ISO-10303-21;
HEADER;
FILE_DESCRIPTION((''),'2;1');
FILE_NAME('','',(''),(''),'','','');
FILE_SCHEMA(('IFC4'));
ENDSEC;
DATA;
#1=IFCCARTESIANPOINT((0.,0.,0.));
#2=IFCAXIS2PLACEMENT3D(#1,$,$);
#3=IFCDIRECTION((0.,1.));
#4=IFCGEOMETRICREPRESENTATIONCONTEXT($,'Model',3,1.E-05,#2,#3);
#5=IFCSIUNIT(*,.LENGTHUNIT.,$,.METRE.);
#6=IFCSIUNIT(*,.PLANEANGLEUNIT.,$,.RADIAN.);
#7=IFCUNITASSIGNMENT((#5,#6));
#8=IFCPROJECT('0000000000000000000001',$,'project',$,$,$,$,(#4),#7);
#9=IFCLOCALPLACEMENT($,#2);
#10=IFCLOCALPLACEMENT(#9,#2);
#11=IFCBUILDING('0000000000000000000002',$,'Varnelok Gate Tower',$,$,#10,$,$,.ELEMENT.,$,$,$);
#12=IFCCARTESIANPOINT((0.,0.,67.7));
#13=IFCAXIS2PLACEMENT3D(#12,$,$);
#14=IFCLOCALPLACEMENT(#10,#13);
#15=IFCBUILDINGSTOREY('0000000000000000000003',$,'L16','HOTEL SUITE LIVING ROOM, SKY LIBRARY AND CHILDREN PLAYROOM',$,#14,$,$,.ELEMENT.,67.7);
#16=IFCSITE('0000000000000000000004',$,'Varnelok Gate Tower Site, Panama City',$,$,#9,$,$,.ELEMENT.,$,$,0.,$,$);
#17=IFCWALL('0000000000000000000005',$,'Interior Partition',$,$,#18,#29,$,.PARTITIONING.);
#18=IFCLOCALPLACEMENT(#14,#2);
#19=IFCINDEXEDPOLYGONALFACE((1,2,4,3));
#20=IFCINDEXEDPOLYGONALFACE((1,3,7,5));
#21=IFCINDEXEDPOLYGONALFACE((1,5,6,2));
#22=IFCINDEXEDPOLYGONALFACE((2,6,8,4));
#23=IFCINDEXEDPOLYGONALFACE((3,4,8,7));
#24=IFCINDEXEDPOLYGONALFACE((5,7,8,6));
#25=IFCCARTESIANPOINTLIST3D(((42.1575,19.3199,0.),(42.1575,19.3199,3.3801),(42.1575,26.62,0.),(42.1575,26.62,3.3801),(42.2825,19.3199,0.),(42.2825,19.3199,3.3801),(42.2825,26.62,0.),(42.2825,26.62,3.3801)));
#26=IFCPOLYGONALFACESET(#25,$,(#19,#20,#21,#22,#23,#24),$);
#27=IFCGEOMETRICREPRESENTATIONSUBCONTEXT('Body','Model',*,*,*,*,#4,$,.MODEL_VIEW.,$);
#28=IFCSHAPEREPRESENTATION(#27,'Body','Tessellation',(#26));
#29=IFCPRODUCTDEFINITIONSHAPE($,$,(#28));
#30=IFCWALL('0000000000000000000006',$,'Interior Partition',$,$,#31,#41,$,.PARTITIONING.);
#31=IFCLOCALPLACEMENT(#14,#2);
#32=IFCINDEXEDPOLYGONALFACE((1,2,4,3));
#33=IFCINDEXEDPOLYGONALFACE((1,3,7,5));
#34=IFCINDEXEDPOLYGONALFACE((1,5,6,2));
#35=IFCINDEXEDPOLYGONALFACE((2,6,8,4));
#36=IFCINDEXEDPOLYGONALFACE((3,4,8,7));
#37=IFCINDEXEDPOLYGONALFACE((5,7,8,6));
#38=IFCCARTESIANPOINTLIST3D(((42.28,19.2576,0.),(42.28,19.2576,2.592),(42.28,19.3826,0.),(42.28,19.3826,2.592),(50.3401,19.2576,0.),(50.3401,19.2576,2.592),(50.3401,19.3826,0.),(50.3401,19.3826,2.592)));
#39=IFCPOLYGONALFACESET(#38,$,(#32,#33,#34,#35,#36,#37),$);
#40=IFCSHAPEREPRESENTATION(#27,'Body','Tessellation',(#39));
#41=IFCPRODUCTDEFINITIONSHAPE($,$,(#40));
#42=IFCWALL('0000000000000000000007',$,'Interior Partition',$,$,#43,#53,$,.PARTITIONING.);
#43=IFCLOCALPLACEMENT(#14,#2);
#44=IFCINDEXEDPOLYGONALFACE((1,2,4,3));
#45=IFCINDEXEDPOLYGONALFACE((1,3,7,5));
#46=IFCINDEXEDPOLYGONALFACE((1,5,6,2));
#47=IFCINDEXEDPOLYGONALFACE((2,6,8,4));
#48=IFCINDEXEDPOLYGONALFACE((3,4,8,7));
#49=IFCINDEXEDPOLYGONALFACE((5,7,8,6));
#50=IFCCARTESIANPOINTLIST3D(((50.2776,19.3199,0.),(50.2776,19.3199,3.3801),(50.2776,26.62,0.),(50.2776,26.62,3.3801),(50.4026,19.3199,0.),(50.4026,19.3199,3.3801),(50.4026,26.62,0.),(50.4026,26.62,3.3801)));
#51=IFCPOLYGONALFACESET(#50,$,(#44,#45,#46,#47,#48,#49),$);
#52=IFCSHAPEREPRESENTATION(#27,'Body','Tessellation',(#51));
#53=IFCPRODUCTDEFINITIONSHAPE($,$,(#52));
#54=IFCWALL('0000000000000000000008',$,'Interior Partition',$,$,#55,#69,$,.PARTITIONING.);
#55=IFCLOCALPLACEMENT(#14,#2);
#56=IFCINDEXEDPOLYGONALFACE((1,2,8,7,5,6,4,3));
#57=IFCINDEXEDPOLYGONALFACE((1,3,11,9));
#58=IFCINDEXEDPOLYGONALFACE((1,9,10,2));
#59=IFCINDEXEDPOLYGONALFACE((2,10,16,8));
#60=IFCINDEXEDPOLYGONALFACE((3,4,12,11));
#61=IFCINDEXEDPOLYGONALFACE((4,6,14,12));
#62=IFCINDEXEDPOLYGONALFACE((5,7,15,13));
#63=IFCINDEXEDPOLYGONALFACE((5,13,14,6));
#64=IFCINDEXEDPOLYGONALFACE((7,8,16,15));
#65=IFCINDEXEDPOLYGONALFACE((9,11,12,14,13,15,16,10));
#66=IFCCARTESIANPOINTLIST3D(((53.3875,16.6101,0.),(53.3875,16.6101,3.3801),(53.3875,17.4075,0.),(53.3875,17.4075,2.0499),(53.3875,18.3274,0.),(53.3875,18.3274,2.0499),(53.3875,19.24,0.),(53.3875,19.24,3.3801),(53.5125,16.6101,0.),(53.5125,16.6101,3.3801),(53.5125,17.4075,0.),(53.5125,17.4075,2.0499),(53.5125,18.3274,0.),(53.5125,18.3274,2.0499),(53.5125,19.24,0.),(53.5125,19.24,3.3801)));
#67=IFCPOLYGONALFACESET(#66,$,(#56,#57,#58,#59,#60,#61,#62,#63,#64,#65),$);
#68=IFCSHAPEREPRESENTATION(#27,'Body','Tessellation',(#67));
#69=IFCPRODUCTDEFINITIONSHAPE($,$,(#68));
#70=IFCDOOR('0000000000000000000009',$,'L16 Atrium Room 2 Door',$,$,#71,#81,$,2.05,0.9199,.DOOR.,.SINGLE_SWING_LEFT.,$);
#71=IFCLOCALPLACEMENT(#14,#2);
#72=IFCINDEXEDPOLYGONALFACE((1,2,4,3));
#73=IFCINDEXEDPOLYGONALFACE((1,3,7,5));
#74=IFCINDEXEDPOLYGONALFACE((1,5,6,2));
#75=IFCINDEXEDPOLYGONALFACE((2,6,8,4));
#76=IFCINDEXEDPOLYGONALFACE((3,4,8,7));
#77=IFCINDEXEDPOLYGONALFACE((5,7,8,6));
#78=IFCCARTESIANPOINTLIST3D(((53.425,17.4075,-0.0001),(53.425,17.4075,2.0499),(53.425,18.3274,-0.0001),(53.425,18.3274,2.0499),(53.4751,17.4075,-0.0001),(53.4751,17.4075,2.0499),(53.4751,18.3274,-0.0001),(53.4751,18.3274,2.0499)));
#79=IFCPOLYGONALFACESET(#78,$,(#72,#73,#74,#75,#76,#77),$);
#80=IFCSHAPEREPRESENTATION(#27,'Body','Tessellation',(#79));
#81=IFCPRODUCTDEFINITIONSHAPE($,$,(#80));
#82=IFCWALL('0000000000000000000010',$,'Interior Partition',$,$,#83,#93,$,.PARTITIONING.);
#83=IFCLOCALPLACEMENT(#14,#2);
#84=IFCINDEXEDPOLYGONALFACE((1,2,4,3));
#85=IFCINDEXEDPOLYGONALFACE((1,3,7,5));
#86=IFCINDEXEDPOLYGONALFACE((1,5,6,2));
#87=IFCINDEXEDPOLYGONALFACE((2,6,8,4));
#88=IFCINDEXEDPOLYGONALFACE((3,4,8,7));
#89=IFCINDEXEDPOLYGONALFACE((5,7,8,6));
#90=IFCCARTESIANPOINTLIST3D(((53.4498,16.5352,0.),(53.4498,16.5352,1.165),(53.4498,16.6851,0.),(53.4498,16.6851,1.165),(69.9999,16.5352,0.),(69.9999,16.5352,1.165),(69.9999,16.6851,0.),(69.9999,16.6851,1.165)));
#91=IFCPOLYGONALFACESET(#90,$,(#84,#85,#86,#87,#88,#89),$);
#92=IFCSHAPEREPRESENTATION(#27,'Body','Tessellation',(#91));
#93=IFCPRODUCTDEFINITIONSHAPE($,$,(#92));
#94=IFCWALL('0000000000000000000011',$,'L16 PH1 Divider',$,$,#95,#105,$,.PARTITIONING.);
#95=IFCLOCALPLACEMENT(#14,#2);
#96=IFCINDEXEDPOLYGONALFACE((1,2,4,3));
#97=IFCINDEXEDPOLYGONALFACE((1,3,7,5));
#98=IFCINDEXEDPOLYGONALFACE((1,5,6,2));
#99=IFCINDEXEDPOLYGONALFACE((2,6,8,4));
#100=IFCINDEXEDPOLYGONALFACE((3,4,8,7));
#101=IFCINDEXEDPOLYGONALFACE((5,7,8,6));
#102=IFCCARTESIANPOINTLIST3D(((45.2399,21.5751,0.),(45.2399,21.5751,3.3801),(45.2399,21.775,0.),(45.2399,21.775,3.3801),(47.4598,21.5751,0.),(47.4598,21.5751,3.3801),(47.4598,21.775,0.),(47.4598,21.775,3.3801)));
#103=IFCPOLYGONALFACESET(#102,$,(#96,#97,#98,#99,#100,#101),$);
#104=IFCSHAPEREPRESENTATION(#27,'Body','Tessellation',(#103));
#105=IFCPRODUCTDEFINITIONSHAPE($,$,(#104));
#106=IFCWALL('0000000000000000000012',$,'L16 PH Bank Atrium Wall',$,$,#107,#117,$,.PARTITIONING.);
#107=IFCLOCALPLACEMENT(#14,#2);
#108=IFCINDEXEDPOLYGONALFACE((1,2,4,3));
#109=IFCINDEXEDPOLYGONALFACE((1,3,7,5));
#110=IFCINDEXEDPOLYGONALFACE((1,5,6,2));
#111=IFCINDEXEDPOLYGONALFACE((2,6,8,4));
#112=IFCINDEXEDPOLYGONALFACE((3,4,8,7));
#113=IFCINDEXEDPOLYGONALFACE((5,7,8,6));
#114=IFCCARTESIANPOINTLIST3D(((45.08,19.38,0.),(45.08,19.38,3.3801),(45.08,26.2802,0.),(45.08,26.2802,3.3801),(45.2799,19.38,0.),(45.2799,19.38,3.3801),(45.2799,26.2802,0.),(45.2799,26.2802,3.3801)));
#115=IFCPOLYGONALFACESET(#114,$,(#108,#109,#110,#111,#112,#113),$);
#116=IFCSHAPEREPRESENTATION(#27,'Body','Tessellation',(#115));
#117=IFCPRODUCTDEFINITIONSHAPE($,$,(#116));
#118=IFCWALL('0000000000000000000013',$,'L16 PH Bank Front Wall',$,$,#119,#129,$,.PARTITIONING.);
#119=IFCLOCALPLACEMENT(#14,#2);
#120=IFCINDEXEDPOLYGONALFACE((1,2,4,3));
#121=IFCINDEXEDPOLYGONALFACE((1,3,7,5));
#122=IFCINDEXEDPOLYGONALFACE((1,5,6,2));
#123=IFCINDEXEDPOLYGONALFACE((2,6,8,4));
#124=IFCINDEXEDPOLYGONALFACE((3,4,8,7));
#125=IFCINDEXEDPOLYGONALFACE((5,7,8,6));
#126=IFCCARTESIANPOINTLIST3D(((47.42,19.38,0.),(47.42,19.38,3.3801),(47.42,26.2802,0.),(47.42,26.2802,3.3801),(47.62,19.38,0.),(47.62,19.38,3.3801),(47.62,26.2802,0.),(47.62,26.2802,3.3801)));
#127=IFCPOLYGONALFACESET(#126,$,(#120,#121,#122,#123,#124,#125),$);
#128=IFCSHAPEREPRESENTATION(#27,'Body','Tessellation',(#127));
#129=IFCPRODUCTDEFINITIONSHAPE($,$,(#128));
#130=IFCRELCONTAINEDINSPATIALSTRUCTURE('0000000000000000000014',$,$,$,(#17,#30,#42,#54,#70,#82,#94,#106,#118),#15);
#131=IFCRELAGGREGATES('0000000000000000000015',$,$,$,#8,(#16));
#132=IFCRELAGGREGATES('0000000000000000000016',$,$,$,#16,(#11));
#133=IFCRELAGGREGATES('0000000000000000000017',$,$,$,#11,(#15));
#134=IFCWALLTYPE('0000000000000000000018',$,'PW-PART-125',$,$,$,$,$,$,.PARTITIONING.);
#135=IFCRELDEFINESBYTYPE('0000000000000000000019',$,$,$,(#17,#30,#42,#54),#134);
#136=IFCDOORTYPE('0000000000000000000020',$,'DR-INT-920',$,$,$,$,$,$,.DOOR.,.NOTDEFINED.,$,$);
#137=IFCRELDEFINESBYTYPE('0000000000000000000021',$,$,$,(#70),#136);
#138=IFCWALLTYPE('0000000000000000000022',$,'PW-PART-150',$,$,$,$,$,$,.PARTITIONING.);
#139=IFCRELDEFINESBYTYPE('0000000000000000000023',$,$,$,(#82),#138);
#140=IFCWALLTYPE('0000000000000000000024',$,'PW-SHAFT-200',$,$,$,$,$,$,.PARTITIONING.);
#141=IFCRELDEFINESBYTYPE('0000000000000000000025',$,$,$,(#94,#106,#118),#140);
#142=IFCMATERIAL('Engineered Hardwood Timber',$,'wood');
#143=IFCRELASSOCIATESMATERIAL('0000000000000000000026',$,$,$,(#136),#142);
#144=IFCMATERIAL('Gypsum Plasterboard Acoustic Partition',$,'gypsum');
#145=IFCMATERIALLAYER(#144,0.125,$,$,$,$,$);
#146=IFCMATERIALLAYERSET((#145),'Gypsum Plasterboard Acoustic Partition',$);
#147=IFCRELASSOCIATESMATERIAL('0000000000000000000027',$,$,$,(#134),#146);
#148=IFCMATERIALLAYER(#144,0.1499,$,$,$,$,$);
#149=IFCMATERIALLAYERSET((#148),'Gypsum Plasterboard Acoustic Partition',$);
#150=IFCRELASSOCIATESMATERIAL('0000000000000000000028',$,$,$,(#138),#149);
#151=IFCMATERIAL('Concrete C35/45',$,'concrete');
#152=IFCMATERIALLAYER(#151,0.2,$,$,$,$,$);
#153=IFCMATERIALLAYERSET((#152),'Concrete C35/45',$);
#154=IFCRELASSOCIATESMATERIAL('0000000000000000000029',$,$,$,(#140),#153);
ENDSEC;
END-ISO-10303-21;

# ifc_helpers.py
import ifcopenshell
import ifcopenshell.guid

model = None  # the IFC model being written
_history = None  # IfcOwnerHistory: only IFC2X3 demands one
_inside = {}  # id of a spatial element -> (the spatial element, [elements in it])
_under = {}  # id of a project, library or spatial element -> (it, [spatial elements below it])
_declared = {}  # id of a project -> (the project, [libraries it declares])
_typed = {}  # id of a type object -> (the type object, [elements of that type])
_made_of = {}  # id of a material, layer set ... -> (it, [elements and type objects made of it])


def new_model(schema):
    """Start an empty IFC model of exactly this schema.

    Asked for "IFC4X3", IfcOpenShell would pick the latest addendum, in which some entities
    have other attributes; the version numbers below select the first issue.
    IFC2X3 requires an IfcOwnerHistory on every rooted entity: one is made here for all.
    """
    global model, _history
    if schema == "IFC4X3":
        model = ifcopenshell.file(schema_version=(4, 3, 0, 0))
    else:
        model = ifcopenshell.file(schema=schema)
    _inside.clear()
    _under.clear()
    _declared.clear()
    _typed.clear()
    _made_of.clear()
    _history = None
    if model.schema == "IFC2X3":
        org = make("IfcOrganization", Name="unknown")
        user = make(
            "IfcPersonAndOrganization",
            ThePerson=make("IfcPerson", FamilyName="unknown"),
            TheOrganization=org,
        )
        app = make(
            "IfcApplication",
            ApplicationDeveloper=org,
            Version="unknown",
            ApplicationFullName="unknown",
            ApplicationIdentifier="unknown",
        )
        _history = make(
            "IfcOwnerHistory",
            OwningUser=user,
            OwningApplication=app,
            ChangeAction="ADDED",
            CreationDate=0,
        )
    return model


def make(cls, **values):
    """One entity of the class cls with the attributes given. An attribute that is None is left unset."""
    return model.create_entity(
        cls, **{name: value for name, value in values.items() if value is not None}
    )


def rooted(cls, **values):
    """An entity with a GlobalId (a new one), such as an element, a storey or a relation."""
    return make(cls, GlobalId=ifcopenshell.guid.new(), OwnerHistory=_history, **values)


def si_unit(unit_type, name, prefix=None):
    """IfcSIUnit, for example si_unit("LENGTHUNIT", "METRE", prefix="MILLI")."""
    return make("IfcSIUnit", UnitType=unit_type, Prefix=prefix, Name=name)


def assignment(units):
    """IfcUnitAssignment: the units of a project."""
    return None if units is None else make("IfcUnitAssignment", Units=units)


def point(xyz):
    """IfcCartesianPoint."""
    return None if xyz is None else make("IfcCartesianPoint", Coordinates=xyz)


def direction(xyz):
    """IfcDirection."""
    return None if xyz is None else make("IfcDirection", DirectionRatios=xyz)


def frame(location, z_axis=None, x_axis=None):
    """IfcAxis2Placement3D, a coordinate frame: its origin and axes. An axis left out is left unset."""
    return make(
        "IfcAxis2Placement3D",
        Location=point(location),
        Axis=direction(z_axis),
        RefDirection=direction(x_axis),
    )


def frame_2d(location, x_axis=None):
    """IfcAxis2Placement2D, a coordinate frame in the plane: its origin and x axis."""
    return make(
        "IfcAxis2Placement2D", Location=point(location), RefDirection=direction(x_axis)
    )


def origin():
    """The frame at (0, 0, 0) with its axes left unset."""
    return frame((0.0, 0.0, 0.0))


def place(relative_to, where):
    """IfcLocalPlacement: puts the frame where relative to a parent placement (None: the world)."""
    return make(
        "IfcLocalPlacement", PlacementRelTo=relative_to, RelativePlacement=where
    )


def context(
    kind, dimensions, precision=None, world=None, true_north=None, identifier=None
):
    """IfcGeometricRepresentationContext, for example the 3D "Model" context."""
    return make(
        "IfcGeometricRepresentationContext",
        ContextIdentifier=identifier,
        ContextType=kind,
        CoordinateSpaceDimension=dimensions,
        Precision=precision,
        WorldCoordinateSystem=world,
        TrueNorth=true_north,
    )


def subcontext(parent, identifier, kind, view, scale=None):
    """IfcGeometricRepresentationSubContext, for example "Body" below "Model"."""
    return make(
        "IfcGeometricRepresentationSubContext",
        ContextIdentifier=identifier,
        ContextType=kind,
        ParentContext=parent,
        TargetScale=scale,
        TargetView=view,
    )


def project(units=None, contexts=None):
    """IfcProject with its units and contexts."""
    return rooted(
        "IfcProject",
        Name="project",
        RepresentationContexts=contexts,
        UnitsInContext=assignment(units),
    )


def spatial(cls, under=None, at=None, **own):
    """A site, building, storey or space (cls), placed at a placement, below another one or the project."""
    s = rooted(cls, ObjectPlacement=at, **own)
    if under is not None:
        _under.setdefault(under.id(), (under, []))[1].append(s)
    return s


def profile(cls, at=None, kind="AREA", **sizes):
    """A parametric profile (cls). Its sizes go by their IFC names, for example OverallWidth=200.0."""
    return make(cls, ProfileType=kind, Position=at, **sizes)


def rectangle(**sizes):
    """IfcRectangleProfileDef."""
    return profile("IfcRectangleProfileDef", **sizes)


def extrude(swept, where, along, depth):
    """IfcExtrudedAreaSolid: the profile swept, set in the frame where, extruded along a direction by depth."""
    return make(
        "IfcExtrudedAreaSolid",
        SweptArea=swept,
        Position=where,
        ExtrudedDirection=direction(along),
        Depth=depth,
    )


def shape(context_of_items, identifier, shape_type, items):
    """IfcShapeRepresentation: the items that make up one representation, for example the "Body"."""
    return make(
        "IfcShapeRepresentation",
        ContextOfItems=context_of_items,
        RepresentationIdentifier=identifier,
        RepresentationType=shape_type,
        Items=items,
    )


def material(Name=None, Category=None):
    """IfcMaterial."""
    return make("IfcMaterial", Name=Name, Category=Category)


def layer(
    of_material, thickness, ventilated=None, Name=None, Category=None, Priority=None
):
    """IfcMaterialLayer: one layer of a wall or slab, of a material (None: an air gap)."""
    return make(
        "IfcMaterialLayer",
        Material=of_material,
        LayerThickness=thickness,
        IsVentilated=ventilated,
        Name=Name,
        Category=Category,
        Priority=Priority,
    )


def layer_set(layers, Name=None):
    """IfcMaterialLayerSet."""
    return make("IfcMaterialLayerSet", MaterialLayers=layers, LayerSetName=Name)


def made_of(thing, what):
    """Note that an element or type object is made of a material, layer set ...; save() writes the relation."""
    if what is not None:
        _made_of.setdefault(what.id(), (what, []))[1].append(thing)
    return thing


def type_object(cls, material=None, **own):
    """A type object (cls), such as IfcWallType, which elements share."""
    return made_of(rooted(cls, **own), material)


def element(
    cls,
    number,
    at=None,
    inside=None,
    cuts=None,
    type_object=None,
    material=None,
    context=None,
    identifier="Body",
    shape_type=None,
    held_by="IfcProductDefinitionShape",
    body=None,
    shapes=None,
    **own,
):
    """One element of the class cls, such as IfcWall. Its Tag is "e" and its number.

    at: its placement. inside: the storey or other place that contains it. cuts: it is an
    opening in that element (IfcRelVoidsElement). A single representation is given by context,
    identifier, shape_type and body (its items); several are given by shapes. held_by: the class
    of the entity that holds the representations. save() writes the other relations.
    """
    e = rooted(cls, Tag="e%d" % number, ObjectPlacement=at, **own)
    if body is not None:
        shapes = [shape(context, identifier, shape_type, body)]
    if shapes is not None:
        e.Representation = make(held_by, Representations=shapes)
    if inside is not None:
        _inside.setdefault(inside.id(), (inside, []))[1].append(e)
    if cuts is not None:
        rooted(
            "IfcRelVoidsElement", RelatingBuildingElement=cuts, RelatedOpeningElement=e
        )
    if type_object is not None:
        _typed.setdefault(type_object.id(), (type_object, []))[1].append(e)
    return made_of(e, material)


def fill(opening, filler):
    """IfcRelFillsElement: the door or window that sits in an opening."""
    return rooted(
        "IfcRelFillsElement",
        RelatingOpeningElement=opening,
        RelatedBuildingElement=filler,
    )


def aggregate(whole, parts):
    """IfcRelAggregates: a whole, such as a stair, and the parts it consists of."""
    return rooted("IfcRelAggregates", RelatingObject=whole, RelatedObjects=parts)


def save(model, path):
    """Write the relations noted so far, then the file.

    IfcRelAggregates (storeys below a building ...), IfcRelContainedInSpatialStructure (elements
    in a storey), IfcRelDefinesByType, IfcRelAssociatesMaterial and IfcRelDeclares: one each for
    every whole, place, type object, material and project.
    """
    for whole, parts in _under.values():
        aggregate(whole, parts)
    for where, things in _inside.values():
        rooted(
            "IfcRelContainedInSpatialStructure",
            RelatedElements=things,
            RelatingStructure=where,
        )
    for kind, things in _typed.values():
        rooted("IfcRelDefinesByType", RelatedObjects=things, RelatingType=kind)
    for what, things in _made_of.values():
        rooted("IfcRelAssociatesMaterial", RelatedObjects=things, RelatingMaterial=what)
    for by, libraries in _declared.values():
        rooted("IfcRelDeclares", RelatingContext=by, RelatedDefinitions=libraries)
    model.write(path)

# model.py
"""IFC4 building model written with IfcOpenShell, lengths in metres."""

from ifc_helpers import new_model, si_unit, direction, frame, frame_2d, origin, place, context, subcontext, project, spatial, rectangle, extrude, material, layer, layer_set, type_object, element, fill, save


model = new_model("IFC4")

# Units and contexts
model_context = context("Model", 3, precision=1e-05, world=origin(), true_north=direction((0.0, 1.0)))
body_context = subcontext(model_context, "Body", "Model", "MODEL_VIEW")
ifc_project = project(units=[si_unit("LENGTHUNIT", "METRE"), si_unit("PLANEANGLEUNIT", "RADIAN")], contexts=[model_context])

# Site, building, storey
site_placement = place(None, origin())
site = spatial("IfcSite", under=ifc_project, at=site_placement, Name="Varnelok Gate Tower Site, Panama City", CompositionType="ELEMENT", RefElevation=0.0)
building_placement = place(site_placement, origin())
building = spatial("IfcBuilding", under=site, at=building_placement, Name="Varnelok Gate Tower", CompositionType="ELEMENT")
storey_placement = place(building_placement, frame((0.0, 0.0, 67.7)))
storey = spatial("IfcBuildingStorey", under=building, at=storey_placement, Name="L16", Description="HOTEL SUITE LIVING ROOM, SKY LIBRARY AND CHILDREN PLAYROOM", CompositionType="ELEMENT", Elevation=67.7)

# Shared definitions
ifc_material_1 = material(Name="Gypsum Plasterboard Acoustic Partition", Category="gypsum")
ifc_material_2 = material(Name="Engineered Hardwood Timber", Category="wood")
door_type_1 = type_object("IfcDoorType", Name="DR-INT-920", OperationType="NOTDEFINED", PredefinedType="DOOR", material=ifc_material_2)

# Walls
ifc_layer_1 = layer(ifc_material_1, 0.125)
ifc_layer_set_1 = layer_set([ifc_layer_1], Name="Gypsum Plasterboard Acoustic Partition")
wall_type_1 = type_object("IfcWallType", Name="PW-PART-125", PredefinedType="PARTITIONING", material=ifc_layer_set_1)
wall_1_placement = place(storey_placement, frame((42.22, 19.3201, 0.0), z_axis=(0.0, 0.0, 1.0), x_axis=(0.0, 1.0, 0.0)))
element("IfcWall", 1, at=wall_1_placement, inside=storey, type_object=wall_type_1, Name="Interior Partition", PredefinedType="PARTITIONING", context=body_context, shape_type="SweptSolid", body=[
    extrude(rectangle(XDim=7.3, YDim=0.125, at=frame_2d((3.6499, 0.0))), origin(), (0.0, 0.0, 1.0), 3.3801),
])
wall_2_placement = place(storey_placement, frame((42.28, 19.3201, 0.0), z_axis=(0.0, 0.0, 1.0), x_axis=(1.0, 0.0, 0.0)))
element("IfcWall", 2, at=wall_2_placement, inside=storey, type_object=wall_type_1, Name="Interior Partition", PredefinedType="PARTITIONING", context=body_context, shape_type="SweptSolid", body=[
    extrude(rectangle(XDim=8.0601, YDim=0.125, at=frame_2d((4.03, 0.0))), origin(), (0.0, 0.0, 1.0), 2.592),
])
wall_3_placement = place(storey_placement, frame((50.3401, 19.3201, 0.0), z_axis=(0.0, 0.0, 1.0), x_axis=(0.0, 1.0, 0.0)))
element("IfcWall", 3, at=wall_3_placement, inside=storey, type_object=wall_type_1, Name="Interior Partition", PredefinedType="PARTITIONING", context=body_context, shape_type="SweptSolid", body=[
    extrude(rectangle(XDim=7.3, YDim=0.125, at=frame_2d((3.6499, 0.0))), origin(), (0.0, 0.0, 1.0), 3.3801),
])

# Wall, opening, door
wall_4_placement = place(storey_placement, frame((53.45, 16.6101, 0.0), z_axis=(0.0, 0.0, 1.0), x_axis=(0.0, 1.0, 0.0)))
wall_4 = element("IfcWall", 4, at=wall_4_placement, inside=storey, type_object=wall_type_1, Name="Interior Partition", PredefinedType="PARTITIONING", context=body_context, shape_type="SweptSolid", body=[
    extrude(rectangle(XDim=2.6299, YDim=0.125, at=frame_2d((1.3149, 0.0))), origin(), (0.0, 0.0, 1.0), 3.3801),
])
opening_1_placement = place(wall_4_placement, frame((0.7974, 0.0, 0.0)))
opening_1 = element("IfcOpeningElement", 5, at=opening_1_placement, cuts=wall_4, PredefinedType="OPENING", context=body_context, shape_type="SweptSolid", body=[
    extrude(rectangle(XDim=0.9199, YDim=2.05, at=frame_2d((0.46, 1.0249))), frame((0.0, 0.0725, 0.0), z_axis=(0.0, -1.0, 0.0), x_axis=(1.0, 0.0, 0.0)), (0.0, 0.0, 1.0), 0.145),
])
door_1_placement = place(opening_1_placement, origin())
door_1 = element("IfcDoor", 6, at=door_1_placement, inside=storey, type_object=door_type_1, Name="L16 Atrium Room 2 Door", OperationType="SINGLE_SWING_LEFT", OverallHeight=2.05, OverallWidth=0.9199, PredefinedType="DOOR", context=body_context, shape_type="SweptSolid", body=[
    extrude(rectangle(XDim=0.9199, YDim=2.05, at=frame_2d((0.46, 1.0249))), frame((0.0, 0.0249, 0.0), z_axis=(0.0, -1.0, 0.0), x_axis=(1.0, 0.0, 0.0)), (0.0, 0.0, 1.0), 0.05),
])
fill(opening_1, door_1)

# Walls
ifc_layer_2 = layer(ifc_material_1, 0.1499)
ifc_layer_set_2 = layer_set([ifc_layer_2], Name="Gypsum Plasterboard Acoustic Partition")
wall_type_2 = type_object("IfcWallType", Name="PW-PART-150", PredefinedType="PARTITIONING", material=ifc_layer_set_2)
wall_5_placement = place(storey_placement, frame((53.45, 16.6101, 0.0), z_axis=(0.0, 0.0, 1.0), x_axis=(1.0, 0.0, 0.0)))
element("IfcWall", 7, at=wall_5_placement, inside=storey, type_object=wall_type_2, Name="Interior Partition", PredefinedType="PARTITIONING", context=body_context, shape_type="SweptSolid", body=[
    extrude(rectangle(XDim=16.55, YDim=0.1499, at=frame_2d((8.2749, 0.0))), origin(), (0.0, 0.0, 1.0), 1.165),
])
ifc_material_3 = material(Name="Concrete C35/45", Category="concrete")
ifc_layer_3 = layer(ifc_material_3, 0.2)
ifc_layer_set_3 = layer_set([ifc_layer_3], Name="Concrete C35/45")
wall_type_3 = type_object("IfcWallType", Name="PW-SHAFT-200", PredefinedType="PARTITIONING", material=ifc_layer_set_3)
wall_6_placement = place(storey_placement, frame((45.24, 21.675, 0.0), z_axis=(0.0, 0.0, 1.0), x_axis=(1.0, 0.0, 0.0)))
element("IfcWall", 8, at=wall_6_placement, inside=storey, type_object=wall_type_3, Name="L16 PH1 Divider", PredefinedType="PARTITIONING", context=body_context, shape_type="SweptSolid", body=[
    extrude(rectangle(XDim=2.22, YDim=0.2, at=frame_2d((1.1099, 0.0))), origin(), (0.0, 0.0, 1.0), 3.3801),
])
for number, where, z_axis, x_axis, name in (
    (9, (45.1799, 19.3799, 0.0), (0.0, 0.0, 1.0), (0.0, 1.0, 0.0), "L16 PH Bank Atrium Wall"),
    (10, (47.52, 19.3799, 0.0), (0.0, 0.0, 1.0), (0.0, 1.0, 0.0), "L16 PH Bank Front Wall"),
):
    element("IfcWall", number, at=place(storey_placement, frame(where, z_axis=z_axis, x_axis=x_axis)), inside=storey, type_object=wall_type_3, Name=name, PredefinedType="PARTITIONING", context=body_context, shape_type="SweptSolid", body=[
        extrude(rectangle(XDim=6.9001, YDim=0.2, at=frame_2d((3.4502, 0.0))), origin(), (0.0, 0.0, 1.0), 3.3801),
    ])

save(model, "model.ifc")
